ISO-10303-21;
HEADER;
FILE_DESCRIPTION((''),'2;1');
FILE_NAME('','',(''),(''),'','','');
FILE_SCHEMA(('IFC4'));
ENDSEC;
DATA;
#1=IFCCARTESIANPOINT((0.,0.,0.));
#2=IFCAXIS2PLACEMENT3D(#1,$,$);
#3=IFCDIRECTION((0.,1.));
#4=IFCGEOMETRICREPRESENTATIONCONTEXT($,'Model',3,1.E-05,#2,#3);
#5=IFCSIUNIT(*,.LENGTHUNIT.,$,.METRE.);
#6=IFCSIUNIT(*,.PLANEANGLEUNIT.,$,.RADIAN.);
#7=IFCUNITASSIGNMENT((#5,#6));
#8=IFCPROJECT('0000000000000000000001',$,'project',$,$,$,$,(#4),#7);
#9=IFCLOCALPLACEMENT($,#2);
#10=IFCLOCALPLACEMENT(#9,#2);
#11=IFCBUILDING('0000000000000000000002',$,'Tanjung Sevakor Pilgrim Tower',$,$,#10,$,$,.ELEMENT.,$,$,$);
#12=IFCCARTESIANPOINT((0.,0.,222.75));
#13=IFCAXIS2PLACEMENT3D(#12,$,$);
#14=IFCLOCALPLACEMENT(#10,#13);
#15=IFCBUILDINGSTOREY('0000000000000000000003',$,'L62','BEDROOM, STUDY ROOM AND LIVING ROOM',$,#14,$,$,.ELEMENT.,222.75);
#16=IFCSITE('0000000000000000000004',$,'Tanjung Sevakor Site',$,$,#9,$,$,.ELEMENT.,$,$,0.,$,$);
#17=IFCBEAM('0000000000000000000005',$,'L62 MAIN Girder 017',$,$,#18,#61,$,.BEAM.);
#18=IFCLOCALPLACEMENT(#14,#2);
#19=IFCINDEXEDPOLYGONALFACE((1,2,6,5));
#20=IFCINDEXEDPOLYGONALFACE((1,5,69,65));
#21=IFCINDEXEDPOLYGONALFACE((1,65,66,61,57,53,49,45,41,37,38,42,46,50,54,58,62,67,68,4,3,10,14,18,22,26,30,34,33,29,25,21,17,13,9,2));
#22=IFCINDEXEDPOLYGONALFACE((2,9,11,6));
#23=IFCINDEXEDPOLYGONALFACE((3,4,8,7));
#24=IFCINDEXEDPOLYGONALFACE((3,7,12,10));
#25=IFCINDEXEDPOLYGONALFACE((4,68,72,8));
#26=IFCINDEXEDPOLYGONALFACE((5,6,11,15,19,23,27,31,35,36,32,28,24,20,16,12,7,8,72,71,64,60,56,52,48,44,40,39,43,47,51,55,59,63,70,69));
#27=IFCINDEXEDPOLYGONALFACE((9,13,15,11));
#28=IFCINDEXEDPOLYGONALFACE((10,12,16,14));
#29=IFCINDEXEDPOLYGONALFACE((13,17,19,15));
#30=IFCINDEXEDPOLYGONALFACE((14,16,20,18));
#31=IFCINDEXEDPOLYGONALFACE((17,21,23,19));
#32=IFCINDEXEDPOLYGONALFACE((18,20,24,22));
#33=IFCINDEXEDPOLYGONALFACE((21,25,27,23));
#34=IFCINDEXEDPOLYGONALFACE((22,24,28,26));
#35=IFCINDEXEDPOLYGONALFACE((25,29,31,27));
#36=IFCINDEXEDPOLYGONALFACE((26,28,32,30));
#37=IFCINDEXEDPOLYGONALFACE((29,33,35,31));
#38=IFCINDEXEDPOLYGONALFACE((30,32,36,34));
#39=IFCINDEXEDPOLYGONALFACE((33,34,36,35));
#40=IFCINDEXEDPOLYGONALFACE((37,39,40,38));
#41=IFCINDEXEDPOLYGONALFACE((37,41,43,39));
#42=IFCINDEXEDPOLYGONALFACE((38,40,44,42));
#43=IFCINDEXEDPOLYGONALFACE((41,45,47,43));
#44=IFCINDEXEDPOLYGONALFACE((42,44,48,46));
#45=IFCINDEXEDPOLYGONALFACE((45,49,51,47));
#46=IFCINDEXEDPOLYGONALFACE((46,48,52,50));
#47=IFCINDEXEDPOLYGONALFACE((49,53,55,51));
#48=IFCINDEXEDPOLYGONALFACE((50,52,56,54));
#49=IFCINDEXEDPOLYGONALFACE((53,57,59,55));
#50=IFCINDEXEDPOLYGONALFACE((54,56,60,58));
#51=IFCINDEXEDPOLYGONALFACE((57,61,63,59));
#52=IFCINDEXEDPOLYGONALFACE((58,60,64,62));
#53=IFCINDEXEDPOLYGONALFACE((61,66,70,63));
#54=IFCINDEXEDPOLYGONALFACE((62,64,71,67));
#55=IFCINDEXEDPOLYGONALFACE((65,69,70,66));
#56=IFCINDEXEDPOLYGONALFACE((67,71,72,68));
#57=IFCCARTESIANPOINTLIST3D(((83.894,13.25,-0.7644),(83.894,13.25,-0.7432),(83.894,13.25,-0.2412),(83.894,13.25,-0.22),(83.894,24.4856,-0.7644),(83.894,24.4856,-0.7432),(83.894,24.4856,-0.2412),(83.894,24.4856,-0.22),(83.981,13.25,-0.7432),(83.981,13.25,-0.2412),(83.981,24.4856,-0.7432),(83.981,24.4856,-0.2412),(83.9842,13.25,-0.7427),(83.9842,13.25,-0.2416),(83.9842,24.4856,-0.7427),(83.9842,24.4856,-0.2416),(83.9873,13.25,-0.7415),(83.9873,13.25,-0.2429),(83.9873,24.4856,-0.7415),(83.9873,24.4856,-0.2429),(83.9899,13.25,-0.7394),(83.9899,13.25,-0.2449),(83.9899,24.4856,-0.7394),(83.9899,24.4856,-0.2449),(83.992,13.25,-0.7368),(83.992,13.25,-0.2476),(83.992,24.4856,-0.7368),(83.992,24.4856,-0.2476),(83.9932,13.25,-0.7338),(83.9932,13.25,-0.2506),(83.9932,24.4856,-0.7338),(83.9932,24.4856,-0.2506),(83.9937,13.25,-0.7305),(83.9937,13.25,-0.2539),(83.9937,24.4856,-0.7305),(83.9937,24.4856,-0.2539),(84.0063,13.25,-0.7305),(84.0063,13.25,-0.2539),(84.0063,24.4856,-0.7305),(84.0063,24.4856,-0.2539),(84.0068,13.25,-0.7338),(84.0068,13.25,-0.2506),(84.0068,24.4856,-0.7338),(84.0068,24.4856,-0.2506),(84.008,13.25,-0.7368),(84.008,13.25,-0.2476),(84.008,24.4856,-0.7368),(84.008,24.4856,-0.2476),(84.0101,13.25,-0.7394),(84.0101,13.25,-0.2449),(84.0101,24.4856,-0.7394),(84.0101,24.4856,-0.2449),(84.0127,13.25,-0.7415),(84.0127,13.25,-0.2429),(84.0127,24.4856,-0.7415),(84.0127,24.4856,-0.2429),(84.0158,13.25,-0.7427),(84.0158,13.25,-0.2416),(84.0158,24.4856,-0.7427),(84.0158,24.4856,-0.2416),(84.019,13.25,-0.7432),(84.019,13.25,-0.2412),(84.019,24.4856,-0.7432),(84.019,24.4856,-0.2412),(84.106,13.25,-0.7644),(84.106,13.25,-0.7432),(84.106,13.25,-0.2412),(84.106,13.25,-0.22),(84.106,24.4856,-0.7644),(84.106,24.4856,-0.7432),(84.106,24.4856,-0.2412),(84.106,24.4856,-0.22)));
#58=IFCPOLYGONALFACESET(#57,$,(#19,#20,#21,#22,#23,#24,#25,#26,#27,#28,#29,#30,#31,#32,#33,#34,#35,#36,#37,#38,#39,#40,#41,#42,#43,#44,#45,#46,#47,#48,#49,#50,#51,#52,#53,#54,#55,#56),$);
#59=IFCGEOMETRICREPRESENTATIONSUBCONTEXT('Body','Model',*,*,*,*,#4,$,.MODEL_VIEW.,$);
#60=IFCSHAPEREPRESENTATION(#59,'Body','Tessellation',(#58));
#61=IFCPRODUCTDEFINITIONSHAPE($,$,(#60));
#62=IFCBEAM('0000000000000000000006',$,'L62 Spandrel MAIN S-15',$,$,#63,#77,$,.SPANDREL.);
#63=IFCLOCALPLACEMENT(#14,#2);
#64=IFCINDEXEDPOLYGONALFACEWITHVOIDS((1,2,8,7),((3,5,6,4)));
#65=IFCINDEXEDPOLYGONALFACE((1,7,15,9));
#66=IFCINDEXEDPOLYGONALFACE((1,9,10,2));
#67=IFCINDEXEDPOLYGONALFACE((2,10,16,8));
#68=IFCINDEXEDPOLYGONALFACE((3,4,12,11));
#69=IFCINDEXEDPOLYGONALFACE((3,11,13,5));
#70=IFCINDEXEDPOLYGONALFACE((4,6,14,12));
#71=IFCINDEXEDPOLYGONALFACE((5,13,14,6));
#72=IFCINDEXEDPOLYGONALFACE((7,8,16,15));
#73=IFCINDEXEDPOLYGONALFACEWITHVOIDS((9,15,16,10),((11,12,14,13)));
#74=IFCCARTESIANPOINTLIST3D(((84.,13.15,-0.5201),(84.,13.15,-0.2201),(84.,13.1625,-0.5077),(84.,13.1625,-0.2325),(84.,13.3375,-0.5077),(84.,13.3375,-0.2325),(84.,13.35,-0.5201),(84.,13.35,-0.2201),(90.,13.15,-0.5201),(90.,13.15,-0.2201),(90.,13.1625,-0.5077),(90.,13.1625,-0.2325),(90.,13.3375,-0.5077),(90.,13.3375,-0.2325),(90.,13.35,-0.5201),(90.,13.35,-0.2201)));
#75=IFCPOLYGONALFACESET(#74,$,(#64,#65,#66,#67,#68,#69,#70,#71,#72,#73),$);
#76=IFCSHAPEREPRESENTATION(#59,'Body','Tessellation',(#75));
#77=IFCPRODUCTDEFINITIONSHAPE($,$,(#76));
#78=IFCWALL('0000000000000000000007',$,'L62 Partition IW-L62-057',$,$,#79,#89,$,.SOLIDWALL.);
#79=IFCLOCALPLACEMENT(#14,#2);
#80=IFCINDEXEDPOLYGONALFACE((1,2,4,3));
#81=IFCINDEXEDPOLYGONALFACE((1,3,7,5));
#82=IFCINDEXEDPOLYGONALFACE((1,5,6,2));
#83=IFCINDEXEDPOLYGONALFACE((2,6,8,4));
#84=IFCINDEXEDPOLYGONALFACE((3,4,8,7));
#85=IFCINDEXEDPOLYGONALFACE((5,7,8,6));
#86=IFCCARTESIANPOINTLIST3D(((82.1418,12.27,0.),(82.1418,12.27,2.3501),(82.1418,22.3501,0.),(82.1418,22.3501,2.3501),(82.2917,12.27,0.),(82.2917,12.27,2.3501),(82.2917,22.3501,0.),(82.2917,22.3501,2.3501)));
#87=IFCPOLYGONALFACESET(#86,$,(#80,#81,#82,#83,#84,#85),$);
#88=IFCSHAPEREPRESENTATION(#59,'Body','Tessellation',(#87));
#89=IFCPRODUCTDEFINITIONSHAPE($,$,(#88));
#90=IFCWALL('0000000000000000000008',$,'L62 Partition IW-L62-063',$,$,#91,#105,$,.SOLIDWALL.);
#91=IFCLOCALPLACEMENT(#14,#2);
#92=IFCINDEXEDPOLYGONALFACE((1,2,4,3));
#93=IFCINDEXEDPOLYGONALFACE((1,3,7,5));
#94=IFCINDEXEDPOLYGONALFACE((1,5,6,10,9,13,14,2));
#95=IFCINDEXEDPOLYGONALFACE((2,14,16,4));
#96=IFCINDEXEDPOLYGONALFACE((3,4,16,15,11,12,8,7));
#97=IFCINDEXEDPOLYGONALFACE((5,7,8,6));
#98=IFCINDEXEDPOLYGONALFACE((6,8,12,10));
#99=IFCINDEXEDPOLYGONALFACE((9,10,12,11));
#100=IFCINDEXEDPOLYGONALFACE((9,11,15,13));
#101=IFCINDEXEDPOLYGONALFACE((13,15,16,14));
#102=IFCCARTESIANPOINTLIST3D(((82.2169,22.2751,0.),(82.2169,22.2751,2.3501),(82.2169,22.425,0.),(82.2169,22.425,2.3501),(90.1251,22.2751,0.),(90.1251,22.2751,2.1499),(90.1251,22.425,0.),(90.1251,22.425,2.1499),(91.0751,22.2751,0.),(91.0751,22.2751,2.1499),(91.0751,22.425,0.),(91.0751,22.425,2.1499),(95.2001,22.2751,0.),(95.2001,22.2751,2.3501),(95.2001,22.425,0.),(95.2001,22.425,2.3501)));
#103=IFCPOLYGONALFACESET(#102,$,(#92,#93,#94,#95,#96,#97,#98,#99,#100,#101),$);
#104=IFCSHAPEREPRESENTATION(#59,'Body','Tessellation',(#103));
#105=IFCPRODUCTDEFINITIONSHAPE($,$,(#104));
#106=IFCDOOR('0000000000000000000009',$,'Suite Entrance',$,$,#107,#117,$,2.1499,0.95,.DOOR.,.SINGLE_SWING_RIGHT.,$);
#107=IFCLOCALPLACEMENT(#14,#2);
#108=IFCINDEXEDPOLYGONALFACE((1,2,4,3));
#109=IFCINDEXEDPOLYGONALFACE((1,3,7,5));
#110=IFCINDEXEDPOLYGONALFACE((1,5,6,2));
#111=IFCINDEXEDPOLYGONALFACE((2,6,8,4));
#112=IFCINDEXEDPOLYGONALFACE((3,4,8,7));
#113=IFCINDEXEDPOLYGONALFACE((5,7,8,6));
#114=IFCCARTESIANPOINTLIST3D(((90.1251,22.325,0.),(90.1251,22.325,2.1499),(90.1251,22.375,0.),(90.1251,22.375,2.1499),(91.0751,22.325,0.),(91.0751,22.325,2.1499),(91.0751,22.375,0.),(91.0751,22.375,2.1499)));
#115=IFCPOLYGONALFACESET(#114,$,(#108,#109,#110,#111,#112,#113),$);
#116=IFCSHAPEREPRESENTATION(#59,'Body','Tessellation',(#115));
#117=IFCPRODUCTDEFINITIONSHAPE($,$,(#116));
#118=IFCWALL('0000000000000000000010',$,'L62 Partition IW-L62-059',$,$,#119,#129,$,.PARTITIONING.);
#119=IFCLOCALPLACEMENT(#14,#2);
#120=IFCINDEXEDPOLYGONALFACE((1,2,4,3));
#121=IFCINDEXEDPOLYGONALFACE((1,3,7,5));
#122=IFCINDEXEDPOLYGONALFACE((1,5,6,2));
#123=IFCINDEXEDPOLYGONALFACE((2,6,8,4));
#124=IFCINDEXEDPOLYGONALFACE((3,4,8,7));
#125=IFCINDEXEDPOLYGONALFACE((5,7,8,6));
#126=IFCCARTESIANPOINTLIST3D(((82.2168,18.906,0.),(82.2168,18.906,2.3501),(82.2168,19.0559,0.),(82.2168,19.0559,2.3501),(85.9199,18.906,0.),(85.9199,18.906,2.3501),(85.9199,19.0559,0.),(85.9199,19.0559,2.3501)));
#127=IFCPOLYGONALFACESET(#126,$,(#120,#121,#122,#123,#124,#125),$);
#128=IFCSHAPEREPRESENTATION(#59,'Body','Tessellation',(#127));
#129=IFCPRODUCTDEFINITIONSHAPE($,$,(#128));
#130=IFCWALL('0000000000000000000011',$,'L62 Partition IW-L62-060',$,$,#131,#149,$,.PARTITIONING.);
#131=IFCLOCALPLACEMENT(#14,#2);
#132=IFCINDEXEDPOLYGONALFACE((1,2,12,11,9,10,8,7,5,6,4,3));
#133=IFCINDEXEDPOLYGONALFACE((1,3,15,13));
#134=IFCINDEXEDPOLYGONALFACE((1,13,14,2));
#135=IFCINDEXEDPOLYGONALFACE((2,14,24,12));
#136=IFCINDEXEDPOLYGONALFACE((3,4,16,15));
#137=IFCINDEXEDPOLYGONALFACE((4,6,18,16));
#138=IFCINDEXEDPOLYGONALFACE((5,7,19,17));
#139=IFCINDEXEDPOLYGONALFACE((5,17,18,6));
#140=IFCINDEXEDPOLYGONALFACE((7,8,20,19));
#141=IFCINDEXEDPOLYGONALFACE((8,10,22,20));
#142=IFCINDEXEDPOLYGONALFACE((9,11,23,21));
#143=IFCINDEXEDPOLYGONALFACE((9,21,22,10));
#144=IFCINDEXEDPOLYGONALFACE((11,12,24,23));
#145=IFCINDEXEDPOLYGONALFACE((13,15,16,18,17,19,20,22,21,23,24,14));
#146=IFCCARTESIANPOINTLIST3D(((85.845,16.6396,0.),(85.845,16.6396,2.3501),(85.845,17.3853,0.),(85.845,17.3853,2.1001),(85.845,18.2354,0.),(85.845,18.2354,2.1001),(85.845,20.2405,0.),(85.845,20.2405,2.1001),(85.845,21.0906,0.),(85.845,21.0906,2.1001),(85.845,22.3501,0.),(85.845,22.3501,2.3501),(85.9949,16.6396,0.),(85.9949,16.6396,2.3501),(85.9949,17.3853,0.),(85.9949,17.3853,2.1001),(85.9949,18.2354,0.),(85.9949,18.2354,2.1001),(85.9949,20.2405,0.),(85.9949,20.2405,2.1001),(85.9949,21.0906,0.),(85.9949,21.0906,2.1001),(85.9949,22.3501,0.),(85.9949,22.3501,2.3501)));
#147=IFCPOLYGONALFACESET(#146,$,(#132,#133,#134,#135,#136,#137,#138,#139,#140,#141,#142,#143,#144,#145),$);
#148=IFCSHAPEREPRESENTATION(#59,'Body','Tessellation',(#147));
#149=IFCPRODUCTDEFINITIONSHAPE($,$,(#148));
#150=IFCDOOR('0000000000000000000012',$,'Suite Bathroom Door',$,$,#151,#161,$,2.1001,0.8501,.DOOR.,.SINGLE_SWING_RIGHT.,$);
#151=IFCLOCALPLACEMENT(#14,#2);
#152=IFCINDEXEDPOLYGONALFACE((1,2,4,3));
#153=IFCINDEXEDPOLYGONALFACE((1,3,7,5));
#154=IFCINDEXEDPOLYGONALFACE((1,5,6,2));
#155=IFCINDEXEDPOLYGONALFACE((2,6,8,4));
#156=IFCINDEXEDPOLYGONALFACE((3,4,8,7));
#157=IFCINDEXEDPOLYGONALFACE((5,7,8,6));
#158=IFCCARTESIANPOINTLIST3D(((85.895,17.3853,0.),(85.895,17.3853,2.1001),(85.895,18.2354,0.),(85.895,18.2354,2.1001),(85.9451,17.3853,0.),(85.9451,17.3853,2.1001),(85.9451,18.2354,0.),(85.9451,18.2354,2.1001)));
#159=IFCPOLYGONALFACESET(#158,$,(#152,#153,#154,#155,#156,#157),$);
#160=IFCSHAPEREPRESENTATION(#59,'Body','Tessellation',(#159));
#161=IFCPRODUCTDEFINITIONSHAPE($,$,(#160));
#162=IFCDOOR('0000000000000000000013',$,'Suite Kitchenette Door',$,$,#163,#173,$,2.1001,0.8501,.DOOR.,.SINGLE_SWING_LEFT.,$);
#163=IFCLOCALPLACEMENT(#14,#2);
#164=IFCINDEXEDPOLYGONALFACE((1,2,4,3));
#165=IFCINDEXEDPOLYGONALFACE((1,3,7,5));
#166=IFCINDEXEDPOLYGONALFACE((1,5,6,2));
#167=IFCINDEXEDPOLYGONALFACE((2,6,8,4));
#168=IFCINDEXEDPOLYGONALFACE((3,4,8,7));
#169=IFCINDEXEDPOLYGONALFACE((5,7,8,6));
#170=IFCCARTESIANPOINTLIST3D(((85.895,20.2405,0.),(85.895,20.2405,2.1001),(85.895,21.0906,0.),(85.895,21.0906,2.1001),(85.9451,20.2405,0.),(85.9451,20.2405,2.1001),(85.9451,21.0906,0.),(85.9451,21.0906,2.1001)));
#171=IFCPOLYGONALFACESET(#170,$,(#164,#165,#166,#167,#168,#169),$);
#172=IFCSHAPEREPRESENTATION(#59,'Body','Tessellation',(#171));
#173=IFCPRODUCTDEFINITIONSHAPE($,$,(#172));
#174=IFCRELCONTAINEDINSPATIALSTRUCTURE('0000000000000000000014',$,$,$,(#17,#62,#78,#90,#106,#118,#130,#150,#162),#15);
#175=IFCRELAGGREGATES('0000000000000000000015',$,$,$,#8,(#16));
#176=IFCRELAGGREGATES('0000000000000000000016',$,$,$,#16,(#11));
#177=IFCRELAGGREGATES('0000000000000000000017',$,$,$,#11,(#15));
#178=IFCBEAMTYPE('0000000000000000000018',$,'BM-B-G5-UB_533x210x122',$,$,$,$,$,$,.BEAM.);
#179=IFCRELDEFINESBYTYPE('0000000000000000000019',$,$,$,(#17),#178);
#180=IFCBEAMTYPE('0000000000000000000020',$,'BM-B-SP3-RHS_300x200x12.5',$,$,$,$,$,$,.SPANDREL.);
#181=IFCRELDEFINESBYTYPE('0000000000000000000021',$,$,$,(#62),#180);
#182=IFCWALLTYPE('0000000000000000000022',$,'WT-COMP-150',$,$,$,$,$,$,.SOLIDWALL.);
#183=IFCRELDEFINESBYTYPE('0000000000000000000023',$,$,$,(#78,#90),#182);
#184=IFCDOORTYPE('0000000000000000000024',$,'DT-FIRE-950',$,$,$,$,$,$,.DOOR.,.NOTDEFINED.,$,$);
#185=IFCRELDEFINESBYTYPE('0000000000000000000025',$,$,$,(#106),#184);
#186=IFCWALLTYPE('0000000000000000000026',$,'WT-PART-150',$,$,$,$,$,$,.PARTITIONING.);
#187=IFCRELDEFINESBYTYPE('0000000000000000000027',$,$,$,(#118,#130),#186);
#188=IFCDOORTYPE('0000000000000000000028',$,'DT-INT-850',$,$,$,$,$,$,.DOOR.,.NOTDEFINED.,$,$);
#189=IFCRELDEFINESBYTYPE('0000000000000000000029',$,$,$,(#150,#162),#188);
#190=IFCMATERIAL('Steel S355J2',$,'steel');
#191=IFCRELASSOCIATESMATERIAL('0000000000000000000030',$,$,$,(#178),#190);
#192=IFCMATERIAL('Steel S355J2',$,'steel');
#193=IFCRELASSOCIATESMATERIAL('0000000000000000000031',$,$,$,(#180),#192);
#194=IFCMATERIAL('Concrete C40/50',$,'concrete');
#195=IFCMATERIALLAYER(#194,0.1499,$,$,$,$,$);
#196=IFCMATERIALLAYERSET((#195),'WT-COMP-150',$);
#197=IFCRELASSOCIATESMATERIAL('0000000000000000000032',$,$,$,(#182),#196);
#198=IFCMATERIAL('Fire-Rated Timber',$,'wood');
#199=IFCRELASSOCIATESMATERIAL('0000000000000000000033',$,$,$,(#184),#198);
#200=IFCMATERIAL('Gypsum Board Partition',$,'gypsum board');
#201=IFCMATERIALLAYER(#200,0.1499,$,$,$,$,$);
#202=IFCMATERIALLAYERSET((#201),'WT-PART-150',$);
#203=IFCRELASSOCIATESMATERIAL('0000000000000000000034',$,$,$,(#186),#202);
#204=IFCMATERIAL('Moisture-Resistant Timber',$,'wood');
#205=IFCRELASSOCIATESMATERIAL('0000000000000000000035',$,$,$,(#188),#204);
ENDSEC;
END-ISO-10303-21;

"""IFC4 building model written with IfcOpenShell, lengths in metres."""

from ifc_helpers import new_model, si_unit, direction, frame, frame_2d, origin, origin_2d, place, context, subcontext, project, spatial, rectangle, hollow_rectangle, i_section, extrude, material, layer, layer_set, material_profile, profile_set, type_object, element, fill, save


model = new_model("IFC4")

# Units and contexts
model_context = context("Model", 3, precision=1e-05, world=origin(), true_north=direction((0.0, 1.0)))
body_context = subcontext(model_context, "Body", "Model", "MODEL_VIEW")
ifc_project = project(units=[si_unit("LENGTHUNIT", "METRE"), si_unit("PLANEANGLEUNIT", "RADIAN")], contexts=[model_context])

# Site, building, storey
site_placement = place(None, origin())
site = spatial("IfcSite", under=ifc_project, at=site_placement, Name="Tanjung Sevakor Site", CompositionType="ELEMENT", RefElevation=0.0)
building_placement = place(site_placement, origin())
building = spatial("IfcBuilding", under=site, at=building_placement, Name="Tanjung Sevakor Pilgrim Tower", CompositionType="ELEMENT")
storey_placement = place(building_placement, frame((0.0, 0.0, 222.75)))
storey = spatial("IfcBuildingStorey", under=building, at=storey_placement, Name="L62", Description="BEDROOM, STUDY ROOM AND LIVING ROOM", CompositionType="ELEMENT", Elevation=222.75)

# Beams
ifc_material_1 = material(Name="Steel S355J2", Category="steel")
ifc_material_profile_1 = material_profile(ifc_material_1, i_section(OverallWidth=0.2119, OverallDepth=0.5444, WebThickness=0.0127, FlangeThickness=0.0212, FilletRadius=0.0127, at=origin_2d()))
ifc_profile_set_1 = profile_set([ifc_material_profile_1], Name="Steel S355J2")
beam_type_1 = type_object("IfcBeamType", Name="BM-B-G5-UB_533x210x122", PredefinedType="BEAM", material=ifc_profile_set_1)
beam_1_placement = place(storey_placement, frame((84.0, 13.25, -0.4922), z_axis=(0.0, 1.0, 0.0), x_axis=(-1.0, 0.0, 0.0)))
element("IfcBeam", 1, at=beam_1_placement, inside=storey, type_object=beam_type_1, Name="L62 MAIN Girder 017", PredefinedType="BEAM", context=body_context, shape_type="SweptSolid", body=[
    extrude(i_section(OverallWidth=0.2119, OverallDepth=0.5444, WebThickness=0.0127, FlangeThickness=0.0212, FilletRadius=0.0127, at=origin_2d()), origin(), (0.0, 0.0, 1.0), 11.2356),
])
ifc_material_2 = material(Name="Steel S355J2", Category="steel")
ifc_material_profile_2 = material_profile(ifc_material_2, hollow_rectangle(XDim=0.2, YDim=0.3, WallThickness=0.0125, at=origin_2d()))
ifc_profile_set_2 = profile_set([ifc_material_profile_2], Name="Steel S355J2")
beam_type_2 = type_object("IfcBeamType", Name="BM-B-SP3-RHS_300x200x12.5", PredefinedType="SPANDREL", material=ifc_profile_set_2)
beam_2_placement = place(storey_placement, frame((84.0, 13.25, -0.3701), z_axis=(1.0, 0.0, 0.0), x_axis=(0.0, 1.0, 0.0)))
element("IfcBeam", 2, at=beam_2_placement, inside=storey, type_object=beam_type_2, Name="L62 Spandrel MAIN S-15", PredefinedType="SPANDREL", context=body_context, shape_type="SweptSolid", body=[
    extrude(hollow_rectangle(XDim=0.2, YDim=0.3, WallThickness=0.0125, at=origin_2d()), origin(), (0.0, 0.0, 1.0), 6.0),
])

# Wall
ifc_material_3 = material(Name="Concrete C40/50", Category="concrete")
ifc_layer_1 = layer(ifc_material_3, 0.1499)
ifc_layer_set_1 = layer_set([ifc_layer_1], Name="WT-COMP-150")
wall_type_1 = type_object("IfcWallType", Name="WT-COMP-150", PredefinedType="SOLIDWALL", material=ifc_layer_set_1)
wall_1_placement = place(storey_placement, frame((82.2168, 12.27, 0.0), z_axis=(0.0, 0.0, 1.0), x_axis=(0.0, 1.0, 0.0)))
element("IfcWall", 3, at=wall_1_placement, inside=storey, type_object=wall_type_1, Name="L62 Partition IW-L62-057", PredefinedType="SOLIDWALL", context=body_context, shape_type="SweptSolid", body=[
    extrude(rectangle(XDim=10.0801, YDim=0.1499, at=frame_2d((5.04, 0.0))), origin(), (0.0, 0.0, 1.0), 2.3501),
])

# Wall, opening, door
wall_2_placement = place(storey_placement, frame((82.2168, 22.3501, 0.0), z_axis=(0.0, 0.0, 1.0), x_axis=(1.0, 0.0, 0.0)))
wall_2 = element("IfcWall", 4, at=wall_2_placement, inside=storey, type_object=wall_type_1, Name="L62 Partition IW-L62-063", PredefinedType="SOLIDWALL", context=body_context, shape_type="SweptSolid", body=[
    extrude(rectangle(XDim=12.9832, YDim=0.1499, at=frame_2d((6.4917, 0.0))), origin(), (0.0, 0.0, 1.0), 2.3501),
])
opening_1_placement = place(wall_2_placement, frame((7.9082, 0.0, 0.0)))
opening_1 = element("IfcOpeningElement", 5, at=opening_1_placement, cuts=wall_2, PredefinedType="OPENING", context=body_context, shape_type="SweptSolid", body=[
    extrude(rectangle(XDim=0.95, YDim=2.1499, at=frame_2d((0.4751, 1.075))), frame((0.0, 0.085, 0.0), z_axis=(0.0, -1.0, 0.0), x_axis=(1.0, 0.0, 0.0)), (0.0, 0.0, 1.0), 0.1699),
])
ifc_material_4 = material(Name="Fire-Rated Timber", Category="wood")
door_type_1 = type_object("IfcDoorType", Name="DT-FIRE-950", OperationType="NOTDEFINED", PredefinedType="DOOR", material=ifc_material_4)
door_1_placement = place(opening_1_placement, origin())
door_1 = element("IfcDoor", 6, at=door_1_placement, inside=storey, type_object=door_type_1, Name="Suite Entrance", OperationType="SINGLE_SWING_RIGHT", OverallHeight=2.1499, OverallWidth=0.95, PredefinedType="DOOR", context=body_context, shape_type="SweptSolid", body=[
    extrude(rectangle(XDim=0.95, YDim=2.1499, at=frame_2d((0.4751, 1.075))), frame((0.0, 0.0249, 0.0), z_axis=(0.0, -1.0, 0.0), x_axis=(1.0, 0.0, 0.0)), (0.0, 0.0, 1.0), 0.05),
])
fill(opening_1, door_1)

# Wall
ifc_material_5 = material(Name="Gypsum Board Partition", Category="gypsum board")
ifc_layer_2 = layer(ifc_material_5, 0.1499)
ifc_layer_set_2 = layer_set([ifc_layer_2], Name="WT-PART-150")
wall_type_2 = type_object("IfcWallType", Name="WT-PART-150", PredefinedType="PARTITIONING", material=ifc_layer_set_2)
wall_3_placement = place(storey_placement, frame((82.2168, 18.981, 0.0), z_axis=(0.0, 0.0, 1.0), x_axis=(1.0, 0.0, 0.0)))
element("IfcWall", 7, at=wall_3_placement, inside=storey, type_object=wall_type_2, Name="L62 Partition IW-L62-059", PredefinedType="PARTITIONING", context=body_context, shape_type="SweptSolid", body=[
    extrude(rectangle(XDim=3.7031, YDim=0.1499, at=frame_2d((1.8516, 0.0))), origin(), (0.0, 0.0, 1.0), 2.3501),
])

# Wall, openings, doors
wall_4_placement = place(storey_placement, frame((85.9199, 16.6396, 0.0), z_axis=(0.0, 0.0, 1.0), x_axis=(0.0, 1.0, 0.0)))
wall_4 = element("IfcWall", 8, at=wall_4_placement, inside=storey, type_object=wall_type_2, Name="L62 Partition IW-L62-060", PredefinedType="PARTITIONING", context=body_context, shape_type="SweptSolid", body=[
    extrude(rectangle(XDim=5.7104, YDim=0.1499, at=frame_2d((2.8552, 0.0))), origin(), (0.0, 0.0, 1.0), 2.3501),
])
opening_2_placement = place(wall_4_placement, frame((0.7456, 0.0, 0.0)))
opening_2 = element("IfcOpeningElement", 9, at=opening_2_placement, cuts=wall_4, PredefinedType="OPENING", context=body_context, shape_type="SweptSolid", body=[
    extrude(rectangle(XDim=0.8501, YDim=2.1001, at=frame_2d((0.425, 1.05))), frame((0.0, 0.085, 0.0), z_axis=(0.0, -1.0, 0.0), x_axis=(1.0, 0.0, 0.0)), (0.0, 0.0, 1.0), 0.1699),
])
opening_3_placement = place(wall_4_placement, frame((3.6008, 0.0, 0.0)))
opening_3 = element("IfcOpeningElement", 10, at=opening_3_placement, cuts=wall_4, PredefinedType="OPENING", context=body_context, shape_type="SweptSolid", body=[
    extrude(rectangle(XDim=0.8501, YDim=2.1001, at=frame_2d((0.425, 1.05))), frame((0.0, 0.085, 0.0), z_axis=(0.0, -1.0, 0.0), x_axis=(1.0, 0.0, 0.0)), (0.0, 0.0, 1.0), 0.1699),
])
ifc_material_6 = material(Name="Moisture-Resistant Timber", Category="wood")
door_type_2 = type_object("IfcDoorType", Name="DT-INT-850", OperationType="NOTDEFINED", PredefinedType="DOOR", material=ifc_material_6)
door_2_placement = place(opening_2_placement, origin())
door_2 = element("IfcDoor", 11, at=door_2_placement, inside=storey, type_object=door_type_2, Name="Suite Bathroom Door", OperationType="SINGLE_SWING_RIGHT", OverallHeight=2.1001, OverallWidth=0.8501, PredefinedType="DOOR", context=body_context, shape_type="SweptSolid", body=[
    extrude(rectangle(XDim=0.8501, YDim=2.1001, at=frame_2d((0.425, 1.05))), frame((0.0, 0.0249, 0.0), z_axis=(0.0, -1.0, 0.0), x_axis=(1.0, 0.0, 0.0)), (0.0, 0.0, 1.0), 0.05),
])
fill(opening_2, door_2)
door_3_placement = place(opening_3_placement, origin())
door_3 = element("IfcDoor", 12, at=door_3_placement, inside=storey, type_object=door_type_2, Name="Suite Kitchenette Door", OperationType="SINGLE_SWING_LEFT", OverallHeight=2.1001, OverallWidth=0.8501, PredefinedType="DOOR", context=body_context, shape_type="SweptSolid", body=[
    extrude(rectangle(XDim=0.8501, YDim=2.1001, at=frame_2d((0.425, 1.05))), frame((0.0, 0.0249, 0.0), z_axis=(0.0, -1.0, 0.0), x_axis=(1.0, 0.0, 0.0)), (0.0, 0.0, 1.0), 0.05),
])
fill(opening_3, door_3)

save(model, "model.ifc")
